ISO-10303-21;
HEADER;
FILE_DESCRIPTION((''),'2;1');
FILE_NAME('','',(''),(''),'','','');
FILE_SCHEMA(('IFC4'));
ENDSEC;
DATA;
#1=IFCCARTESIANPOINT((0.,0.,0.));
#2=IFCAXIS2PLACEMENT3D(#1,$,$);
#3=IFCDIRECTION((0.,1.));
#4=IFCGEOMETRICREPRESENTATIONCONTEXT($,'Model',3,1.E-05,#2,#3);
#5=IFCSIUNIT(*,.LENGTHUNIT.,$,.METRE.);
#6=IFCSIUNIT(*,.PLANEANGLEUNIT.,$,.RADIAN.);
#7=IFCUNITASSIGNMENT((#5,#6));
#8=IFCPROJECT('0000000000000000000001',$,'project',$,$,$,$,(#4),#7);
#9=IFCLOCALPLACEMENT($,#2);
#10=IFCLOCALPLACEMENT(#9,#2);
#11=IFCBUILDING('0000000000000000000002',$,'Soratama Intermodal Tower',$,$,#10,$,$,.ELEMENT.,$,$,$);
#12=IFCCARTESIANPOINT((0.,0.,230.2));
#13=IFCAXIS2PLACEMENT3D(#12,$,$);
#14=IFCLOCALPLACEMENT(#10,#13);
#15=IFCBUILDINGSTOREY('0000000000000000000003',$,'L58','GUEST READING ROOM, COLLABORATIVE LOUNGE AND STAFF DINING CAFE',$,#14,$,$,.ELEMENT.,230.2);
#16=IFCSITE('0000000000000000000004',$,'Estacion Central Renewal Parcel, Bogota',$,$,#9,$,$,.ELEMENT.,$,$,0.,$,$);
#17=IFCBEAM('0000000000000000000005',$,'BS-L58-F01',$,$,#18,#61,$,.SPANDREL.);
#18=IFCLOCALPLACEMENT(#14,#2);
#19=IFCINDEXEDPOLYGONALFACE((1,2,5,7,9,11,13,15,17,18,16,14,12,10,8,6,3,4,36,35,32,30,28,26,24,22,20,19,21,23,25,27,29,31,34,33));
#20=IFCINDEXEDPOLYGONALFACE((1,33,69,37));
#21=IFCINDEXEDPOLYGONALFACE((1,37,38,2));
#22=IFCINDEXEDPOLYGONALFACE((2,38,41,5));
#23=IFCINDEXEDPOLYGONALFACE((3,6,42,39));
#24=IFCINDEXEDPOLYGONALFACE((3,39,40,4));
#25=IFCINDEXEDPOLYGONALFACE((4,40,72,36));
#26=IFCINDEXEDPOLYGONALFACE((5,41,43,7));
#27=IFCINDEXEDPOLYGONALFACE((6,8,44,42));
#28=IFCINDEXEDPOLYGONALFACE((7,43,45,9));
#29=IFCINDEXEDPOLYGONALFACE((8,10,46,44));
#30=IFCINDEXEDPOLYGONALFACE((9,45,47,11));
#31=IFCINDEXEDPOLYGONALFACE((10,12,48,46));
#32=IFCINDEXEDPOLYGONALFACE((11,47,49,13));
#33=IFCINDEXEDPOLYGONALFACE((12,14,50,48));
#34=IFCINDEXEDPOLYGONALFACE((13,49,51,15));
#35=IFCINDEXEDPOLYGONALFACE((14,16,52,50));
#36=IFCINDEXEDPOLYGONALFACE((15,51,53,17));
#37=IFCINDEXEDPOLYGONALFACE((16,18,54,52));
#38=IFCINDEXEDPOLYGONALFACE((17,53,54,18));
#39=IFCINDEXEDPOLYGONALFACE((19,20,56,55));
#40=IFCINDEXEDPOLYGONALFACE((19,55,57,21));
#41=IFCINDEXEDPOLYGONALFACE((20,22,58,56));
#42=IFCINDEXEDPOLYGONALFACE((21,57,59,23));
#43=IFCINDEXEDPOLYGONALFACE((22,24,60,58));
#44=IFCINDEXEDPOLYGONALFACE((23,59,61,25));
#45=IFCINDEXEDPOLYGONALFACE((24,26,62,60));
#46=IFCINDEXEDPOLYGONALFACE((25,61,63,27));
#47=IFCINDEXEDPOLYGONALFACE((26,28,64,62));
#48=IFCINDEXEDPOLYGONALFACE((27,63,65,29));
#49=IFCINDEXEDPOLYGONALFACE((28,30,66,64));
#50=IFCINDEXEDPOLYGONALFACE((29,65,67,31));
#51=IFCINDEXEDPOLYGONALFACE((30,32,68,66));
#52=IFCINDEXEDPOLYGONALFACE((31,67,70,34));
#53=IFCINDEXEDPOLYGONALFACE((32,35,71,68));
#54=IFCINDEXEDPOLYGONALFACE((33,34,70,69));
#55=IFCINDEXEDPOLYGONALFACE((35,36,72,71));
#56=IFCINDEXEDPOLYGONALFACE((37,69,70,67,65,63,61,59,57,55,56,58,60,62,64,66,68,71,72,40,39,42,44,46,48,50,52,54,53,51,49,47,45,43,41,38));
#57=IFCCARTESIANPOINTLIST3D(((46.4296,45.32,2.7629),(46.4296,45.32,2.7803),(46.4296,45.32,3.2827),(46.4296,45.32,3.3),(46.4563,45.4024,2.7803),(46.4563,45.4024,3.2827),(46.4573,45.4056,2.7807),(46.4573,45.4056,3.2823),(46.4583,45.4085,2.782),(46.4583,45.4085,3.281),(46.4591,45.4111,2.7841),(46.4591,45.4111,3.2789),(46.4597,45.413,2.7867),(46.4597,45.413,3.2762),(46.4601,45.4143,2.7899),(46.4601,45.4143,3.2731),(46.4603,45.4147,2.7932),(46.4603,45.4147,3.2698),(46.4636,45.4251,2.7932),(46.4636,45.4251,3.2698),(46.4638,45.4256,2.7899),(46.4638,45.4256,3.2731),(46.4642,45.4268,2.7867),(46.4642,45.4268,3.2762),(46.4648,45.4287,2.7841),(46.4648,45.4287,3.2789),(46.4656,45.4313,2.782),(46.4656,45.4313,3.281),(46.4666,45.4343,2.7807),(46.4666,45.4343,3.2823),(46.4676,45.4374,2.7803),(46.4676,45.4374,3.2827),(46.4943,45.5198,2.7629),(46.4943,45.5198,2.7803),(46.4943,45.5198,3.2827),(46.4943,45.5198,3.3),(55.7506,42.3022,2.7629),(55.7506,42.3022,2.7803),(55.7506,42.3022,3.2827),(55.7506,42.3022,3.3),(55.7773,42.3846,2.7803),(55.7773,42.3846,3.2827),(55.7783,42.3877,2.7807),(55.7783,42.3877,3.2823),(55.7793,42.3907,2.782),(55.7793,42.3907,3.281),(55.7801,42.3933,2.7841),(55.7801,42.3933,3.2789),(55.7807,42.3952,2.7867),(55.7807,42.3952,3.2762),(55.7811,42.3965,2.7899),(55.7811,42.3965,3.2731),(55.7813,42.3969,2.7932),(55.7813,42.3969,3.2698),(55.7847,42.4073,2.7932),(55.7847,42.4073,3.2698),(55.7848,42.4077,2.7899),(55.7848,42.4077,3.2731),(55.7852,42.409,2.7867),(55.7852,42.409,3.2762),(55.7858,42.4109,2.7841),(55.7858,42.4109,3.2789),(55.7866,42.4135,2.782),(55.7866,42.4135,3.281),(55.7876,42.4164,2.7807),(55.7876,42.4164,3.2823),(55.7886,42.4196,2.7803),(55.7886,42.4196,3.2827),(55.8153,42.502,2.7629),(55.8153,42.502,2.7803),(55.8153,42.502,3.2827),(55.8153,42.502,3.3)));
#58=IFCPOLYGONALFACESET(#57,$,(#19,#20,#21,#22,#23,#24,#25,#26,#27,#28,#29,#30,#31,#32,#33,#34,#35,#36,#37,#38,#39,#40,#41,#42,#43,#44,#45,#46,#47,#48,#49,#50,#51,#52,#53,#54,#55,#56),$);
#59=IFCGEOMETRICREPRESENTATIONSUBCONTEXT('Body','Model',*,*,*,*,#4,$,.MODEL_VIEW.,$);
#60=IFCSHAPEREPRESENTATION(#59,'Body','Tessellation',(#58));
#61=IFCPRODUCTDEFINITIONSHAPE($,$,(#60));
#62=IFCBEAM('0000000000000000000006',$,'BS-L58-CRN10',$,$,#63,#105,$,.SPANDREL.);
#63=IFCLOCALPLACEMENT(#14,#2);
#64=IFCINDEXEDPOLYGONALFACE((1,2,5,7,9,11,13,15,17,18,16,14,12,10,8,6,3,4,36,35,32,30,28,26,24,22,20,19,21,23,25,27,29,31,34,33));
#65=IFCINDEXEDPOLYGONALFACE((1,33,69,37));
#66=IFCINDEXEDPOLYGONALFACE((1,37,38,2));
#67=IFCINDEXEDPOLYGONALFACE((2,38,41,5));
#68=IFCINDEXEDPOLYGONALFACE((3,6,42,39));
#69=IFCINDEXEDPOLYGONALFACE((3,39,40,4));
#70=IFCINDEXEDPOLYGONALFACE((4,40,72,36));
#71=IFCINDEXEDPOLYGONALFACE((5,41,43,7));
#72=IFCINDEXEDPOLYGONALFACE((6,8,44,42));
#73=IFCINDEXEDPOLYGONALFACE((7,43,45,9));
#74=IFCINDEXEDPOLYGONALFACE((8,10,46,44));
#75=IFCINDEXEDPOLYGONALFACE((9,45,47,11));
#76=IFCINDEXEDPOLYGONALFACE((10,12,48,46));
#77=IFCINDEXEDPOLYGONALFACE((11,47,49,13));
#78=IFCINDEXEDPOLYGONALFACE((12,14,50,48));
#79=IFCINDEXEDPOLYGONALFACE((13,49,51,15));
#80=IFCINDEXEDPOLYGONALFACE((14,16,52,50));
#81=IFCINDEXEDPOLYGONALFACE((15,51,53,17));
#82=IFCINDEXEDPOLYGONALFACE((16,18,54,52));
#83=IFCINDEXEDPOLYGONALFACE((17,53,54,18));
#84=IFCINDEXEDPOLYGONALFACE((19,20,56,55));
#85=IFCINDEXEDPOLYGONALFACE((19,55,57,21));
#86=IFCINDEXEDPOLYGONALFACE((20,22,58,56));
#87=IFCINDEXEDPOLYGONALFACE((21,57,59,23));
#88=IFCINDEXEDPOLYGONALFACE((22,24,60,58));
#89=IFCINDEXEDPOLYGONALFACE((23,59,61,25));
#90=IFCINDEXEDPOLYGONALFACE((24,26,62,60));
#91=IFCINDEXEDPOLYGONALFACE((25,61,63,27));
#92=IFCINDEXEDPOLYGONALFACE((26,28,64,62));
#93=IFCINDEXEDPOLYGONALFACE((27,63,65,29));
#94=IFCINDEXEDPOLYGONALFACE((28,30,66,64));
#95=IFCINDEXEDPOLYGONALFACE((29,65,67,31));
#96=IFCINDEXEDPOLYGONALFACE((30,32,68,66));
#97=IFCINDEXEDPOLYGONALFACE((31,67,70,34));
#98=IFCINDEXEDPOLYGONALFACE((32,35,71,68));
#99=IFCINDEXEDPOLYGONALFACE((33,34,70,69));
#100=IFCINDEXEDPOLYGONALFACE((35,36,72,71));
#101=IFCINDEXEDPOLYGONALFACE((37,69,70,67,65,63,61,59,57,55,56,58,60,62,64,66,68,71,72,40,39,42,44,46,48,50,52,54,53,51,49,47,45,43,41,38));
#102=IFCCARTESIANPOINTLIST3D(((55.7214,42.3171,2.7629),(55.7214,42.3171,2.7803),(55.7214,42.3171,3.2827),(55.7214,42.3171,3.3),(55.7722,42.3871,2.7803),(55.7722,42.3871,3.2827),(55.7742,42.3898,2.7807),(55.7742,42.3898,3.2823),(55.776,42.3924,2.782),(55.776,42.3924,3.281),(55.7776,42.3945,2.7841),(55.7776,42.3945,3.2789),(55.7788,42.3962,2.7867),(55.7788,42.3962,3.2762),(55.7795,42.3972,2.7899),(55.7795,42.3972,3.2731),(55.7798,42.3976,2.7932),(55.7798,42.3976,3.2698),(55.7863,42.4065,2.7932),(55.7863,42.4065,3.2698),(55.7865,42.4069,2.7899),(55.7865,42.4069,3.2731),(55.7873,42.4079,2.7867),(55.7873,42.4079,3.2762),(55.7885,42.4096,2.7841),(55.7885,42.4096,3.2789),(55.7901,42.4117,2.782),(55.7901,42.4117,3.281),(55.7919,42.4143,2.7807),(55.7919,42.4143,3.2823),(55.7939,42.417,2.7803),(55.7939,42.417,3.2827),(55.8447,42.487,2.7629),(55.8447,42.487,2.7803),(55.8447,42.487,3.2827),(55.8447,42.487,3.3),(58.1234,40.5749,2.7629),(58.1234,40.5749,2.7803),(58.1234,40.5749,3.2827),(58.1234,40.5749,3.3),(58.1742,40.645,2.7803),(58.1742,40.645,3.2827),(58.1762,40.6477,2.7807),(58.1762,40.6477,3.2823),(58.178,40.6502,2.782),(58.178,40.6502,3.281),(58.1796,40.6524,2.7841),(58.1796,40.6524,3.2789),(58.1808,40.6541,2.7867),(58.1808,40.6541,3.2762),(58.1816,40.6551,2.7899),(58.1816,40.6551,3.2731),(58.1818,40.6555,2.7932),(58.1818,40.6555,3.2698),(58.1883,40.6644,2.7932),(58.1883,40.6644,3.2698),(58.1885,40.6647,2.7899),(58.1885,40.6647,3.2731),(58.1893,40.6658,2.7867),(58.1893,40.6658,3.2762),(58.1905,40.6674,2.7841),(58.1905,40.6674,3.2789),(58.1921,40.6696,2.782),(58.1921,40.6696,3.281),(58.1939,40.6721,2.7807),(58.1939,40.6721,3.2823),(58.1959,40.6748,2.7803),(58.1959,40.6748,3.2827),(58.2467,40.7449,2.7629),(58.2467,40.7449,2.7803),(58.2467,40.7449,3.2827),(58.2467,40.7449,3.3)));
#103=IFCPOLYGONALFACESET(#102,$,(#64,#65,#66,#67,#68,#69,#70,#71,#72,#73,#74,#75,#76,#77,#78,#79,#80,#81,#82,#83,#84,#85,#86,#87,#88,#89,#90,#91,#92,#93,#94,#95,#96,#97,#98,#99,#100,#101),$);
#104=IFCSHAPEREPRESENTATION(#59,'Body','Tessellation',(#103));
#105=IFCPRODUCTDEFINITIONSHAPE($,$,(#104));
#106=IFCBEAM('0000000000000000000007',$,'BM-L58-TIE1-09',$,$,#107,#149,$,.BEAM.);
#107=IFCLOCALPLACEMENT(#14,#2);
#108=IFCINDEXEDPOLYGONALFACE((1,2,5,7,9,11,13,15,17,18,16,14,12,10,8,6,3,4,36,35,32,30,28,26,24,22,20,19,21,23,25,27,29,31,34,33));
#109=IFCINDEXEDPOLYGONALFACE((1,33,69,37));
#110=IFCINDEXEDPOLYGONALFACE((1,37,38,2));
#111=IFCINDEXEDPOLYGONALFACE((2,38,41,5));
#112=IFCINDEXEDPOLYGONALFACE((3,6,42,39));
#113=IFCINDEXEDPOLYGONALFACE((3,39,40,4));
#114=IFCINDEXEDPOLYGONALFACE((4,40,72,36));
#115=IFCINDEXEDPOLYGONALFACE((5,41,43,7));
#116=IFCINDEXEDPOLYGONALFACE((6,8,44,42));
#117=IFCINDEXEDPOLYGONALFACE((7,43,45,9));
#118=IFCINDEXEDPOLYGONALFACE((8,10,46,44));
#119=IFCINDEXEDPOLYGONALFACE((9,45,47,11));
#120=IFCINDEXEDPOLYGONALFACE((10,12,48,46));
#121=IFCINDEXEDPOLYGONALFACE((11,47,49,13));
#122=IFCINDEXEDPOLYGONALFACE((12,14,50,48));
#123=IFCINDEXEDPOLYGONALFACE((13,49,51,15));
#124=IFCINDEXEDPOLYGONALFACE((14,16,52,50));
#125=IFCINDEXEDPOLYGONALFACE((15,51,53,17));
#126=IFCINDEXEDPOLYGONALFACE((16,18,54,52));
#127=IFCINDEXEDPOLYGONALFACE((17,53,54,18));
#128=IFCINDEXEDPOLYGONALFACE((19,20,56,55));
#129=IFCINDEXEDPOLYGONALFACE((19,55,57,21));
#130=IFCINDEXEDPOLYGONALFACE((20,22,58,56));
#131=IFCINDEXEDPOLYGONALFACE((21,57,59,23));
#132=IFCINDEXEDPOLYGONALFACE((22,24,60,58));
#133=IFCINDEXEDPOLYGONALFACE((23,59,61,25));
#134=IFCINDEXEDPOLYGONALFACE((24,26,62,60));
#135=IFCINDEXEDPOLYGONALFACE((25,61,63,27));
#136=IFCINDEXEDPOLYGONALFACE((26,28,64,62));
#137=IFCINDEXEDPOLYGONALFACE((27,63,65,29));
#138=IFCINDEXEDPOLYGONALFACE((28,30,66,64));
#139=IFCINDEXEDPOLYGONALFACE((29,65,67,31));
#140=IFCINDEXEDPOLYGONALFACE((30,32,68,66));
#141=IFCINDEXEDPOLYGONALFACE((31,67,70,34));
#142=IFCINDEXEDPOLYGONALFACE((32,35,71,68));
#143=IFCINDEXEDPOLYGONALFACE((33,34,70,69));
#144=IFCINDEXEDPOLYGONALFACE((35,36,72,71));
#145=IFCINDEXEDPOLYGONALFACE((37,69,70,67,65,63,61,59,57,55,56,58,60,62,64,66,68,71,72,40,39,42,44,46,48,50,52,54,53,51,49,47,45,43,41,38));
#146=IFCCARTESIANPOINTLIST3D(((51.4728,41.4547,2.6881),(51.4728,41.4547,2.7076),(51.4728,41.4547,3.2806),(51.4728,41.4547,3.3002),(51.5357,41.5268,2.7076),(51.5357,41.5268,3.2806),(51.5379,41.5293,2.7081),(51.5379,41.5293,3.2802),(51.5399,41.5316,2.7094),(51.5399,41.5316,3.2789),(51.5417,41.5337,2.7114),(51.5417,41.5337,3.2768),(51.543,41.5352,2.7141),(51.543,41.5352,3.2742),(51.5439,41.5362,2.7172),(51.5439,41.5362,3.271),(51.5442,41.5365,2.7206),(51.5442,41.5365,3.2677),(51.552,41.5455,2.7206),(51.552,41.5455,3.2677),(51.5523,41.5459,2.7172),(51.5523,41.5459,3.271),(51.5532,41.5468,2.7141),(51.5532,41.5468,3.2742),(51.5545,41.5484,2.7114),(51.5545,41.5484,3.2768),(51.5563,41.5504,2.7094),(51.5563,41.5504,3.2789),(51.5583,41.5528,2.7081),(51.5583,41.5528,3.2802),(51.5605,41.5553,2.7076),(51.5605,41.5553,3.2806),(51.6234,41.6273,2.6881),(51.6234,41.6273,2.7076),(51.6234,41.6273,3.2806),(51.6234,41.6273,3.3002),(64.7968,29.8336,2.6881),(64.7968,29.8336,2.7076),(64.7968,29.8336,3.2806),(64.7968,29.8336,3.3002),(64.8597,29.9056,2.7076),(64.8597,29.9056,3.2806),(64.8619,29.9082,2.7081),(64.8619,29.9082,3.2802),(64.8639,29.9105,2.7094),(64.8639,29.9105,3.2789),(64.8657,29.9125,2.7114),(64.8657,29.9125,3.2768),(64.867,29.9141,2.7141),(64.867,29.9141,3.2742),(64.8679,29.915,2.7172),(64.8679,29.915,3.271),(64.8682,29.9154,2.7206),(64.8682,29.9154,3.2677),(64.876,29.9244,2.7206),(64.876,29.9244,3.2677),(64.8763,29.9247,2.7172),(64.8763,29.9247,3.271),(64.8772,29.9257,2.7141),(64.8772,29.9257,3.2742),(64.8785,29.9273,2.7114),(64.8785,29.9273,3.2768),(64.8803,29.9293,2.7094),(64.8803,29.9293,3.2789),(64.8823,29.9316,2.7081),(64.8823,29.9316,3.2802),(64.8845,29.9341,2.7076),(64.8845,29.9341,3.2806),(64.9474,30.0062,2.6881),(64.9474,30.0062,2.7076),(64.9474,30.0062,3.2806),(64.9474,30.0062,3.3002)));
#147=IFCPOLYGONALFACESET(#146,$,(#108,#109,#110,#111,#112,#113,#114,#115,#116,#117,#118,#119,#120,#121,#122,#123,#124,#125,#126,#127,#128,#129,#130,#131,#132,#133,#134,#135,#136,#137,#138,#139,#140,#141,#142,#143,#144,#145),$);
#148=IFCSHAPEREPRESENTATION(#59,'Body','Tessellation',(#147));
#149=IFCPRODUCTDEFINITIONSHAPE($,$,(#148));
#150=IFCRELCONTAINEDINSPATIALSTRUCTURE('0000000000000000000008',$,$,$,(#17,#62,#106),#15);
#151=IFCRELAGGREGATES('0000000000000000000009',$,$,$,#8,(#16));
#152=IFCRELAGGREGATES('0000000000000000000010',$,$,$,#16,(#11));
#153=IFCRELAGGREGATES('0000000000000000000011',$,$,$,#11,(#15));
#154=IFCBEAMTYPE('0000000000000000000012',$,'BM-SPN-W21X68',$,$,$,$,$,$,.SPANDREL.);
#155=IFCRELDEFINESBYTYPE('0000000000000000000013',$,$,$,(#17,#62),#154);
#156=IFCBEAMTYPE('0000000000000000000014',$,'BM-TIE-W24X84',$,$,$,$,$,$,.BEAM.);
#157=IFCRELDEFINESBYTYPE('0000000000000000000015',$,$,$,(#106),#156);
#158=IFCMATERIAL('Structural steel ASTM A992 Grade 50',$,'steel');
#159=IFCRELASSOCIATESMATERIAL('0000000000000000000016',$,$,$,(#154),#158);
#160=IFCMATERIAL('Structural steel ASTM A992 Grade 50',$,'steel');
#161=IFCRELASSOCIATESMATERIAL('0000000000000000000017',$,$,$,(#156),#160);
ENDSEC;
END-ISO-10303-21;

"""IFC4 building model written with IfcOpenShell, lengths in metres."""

from ifc_helpers import new_model, si_unit, direction, frame, origin, origin_2d, place, context, subcontext, project, spatial, i_section, extrude, material, material_profile, profile_set, type_object, element, save


model = new_model("IFC4")

# Units and contexts
model_context = context("Model", 3, precision=1e-05, world=origin(), true_north=direction((0.0, 1.0)))
body_context = subcontext(model_context, "Body", "Model", "MODEL_VIEW")
ifc_project = project(units=[si_unit("LENGTHUNIT", "METRE"), si_unit("PLANEANGLEUNIT", "RADIAN")], contexts=[model_context])

# Site, building, storey
site_placement = place(None, origin())
site = spatial("IfcSite", under=ifc_project, at=site_placement, Name="Estacion Central Renewal Parcel, Bogota", CompositionType="ELEMENT", RefElevation=0.0)
building_placement = place(site_placement, origin())
building = spatial("IfcBuilding", under=site, at=building_placement, Name="Soratama Intermodal Tower", CompositionType="ELEMENT")
storey_placement = place(building_placement, frame((0.0, 0.0, 230.2)))
storey = spatial("IfcBuildingStorey", under=building, at=storey_placement, Name="L58", Description="GUEST READING ROOM, COLLABORATIVE LOUNGE AND STAFF DINING CAFE", CompositionType="ELEMENT", Elevation=230.2)

# Beams
ifc_material_1 = material(Name="Structural steel ASTM A992 Grade 50", Category="steel")
ifc_material_profile_1 = material_profile(ifc_material_1, i_section(OverallWidth=0.21, OverallDepth=0.5371, WebThickness=0.011, FlangeThickness=0.0173, FilletRadius=0.0129, at=origin_2d()), Name="W21X68")
ifc_profile_set_1 = profile_set([ifc_material_profile_1], Name="Structural steel ASTM A992 Grade 50")
beam_type_1 = type_object("IfcBeamType", Name="BM-SPN-W21X68", PredefinedType="SPANDREL", material=ifc_profile_set_1)
beam_1_placement = place(storey_placement, frame((55.783, 42.4021, 3.0315), z_axis=(-0.951379, 0.308023, 0.0), x_axis=(-0.308023, -0.951379, 0.0)))
element("IfcBeam", 1, at=beam_1_placement, inside=storey, type_object=beam_type_1, Name="BS-L58-F01", PredefinedType="SPANDREL", context=body_context, shape_type="SweptSolid", body=[
    extrude(i_section(OverallWidth=0.21, OverallDepth=0.5371, WebThickness=0.011, FlangeThickness=0.0173, FilletRadius=0.0129, at=origin_2d()), origin(), (0.0, 0.0, 1.0), 9.7974),
])
beam_2_placement = place(storey_placement, frame((58.1851, 40.6599, 3.0315), z_axis=(-0.809504, 0.587115, 0.0), x_axis=(-0.587115, -0.809504, 0.0)))
element("IfcBeam", 2, at=beam_2_placement, inside=storey, type_object=beam_type_1, Name="BS-L58-CRN10", PredefinedType="SPANDREL", context=body_context, shape_type="SweptSolid", body=[
    extrude(i_section(OverallWidth=0.21, OverallDepth=0.5371, WebThickness=0.011, FlangeThickness=0.0173, FilletRadius=0.0129, at=origin_2d()), origin(), (0.0, 0.0, 1.0), 2.9673),
])
ifc_material_2 = material(Name="Structural steel ASTM A992 Grade 50", Category="steel")
ifc_material_profile_2 = material_profile(ifc_material_2, i_section(OverallWidth=0.229, OverallDepth=0.6121, WebThickness=0.012, FlangeThickness=0.0195, FilletRadius=0.0129, at=origin_2d()), Name="W24X84")
ifc_profile_set_2 = profile_set([ifc_material_profile_2], Name="Structural steel ASTM A992 Grade 50")
beam_type_2 = type_object("IfcBeamType", Name="BM-TIE-W24X84", PredefinedType="BEAM", material=ifc_profile_set_2)
beam_3_placement = place(storey_placement, frame((51.5481, 41.541, 2.9941), z_axis=(0.753624, -0.657306, 0.0), x_axis=(0.657306, 0.753624, 0.0)))
element("IfcBeam", 3, at=beam_3_placement, inside=storey, type_object=beam_type_2, Name="BM-L58-TIE1-09", PredefinedType="BEAM", context=body_context, shape_type="SweptSolid", body=[
    extrude(i_section(OverallWidth=0.229, OverallDepth=0.6121, WebThickness=0.012, FlangeThickness=0.0195, FilletRadius=0.0129, at=origin_2d()), origin(), (0.0, 0.0, 1.0), 17.6799),
])

save(model, "model.ifc")
